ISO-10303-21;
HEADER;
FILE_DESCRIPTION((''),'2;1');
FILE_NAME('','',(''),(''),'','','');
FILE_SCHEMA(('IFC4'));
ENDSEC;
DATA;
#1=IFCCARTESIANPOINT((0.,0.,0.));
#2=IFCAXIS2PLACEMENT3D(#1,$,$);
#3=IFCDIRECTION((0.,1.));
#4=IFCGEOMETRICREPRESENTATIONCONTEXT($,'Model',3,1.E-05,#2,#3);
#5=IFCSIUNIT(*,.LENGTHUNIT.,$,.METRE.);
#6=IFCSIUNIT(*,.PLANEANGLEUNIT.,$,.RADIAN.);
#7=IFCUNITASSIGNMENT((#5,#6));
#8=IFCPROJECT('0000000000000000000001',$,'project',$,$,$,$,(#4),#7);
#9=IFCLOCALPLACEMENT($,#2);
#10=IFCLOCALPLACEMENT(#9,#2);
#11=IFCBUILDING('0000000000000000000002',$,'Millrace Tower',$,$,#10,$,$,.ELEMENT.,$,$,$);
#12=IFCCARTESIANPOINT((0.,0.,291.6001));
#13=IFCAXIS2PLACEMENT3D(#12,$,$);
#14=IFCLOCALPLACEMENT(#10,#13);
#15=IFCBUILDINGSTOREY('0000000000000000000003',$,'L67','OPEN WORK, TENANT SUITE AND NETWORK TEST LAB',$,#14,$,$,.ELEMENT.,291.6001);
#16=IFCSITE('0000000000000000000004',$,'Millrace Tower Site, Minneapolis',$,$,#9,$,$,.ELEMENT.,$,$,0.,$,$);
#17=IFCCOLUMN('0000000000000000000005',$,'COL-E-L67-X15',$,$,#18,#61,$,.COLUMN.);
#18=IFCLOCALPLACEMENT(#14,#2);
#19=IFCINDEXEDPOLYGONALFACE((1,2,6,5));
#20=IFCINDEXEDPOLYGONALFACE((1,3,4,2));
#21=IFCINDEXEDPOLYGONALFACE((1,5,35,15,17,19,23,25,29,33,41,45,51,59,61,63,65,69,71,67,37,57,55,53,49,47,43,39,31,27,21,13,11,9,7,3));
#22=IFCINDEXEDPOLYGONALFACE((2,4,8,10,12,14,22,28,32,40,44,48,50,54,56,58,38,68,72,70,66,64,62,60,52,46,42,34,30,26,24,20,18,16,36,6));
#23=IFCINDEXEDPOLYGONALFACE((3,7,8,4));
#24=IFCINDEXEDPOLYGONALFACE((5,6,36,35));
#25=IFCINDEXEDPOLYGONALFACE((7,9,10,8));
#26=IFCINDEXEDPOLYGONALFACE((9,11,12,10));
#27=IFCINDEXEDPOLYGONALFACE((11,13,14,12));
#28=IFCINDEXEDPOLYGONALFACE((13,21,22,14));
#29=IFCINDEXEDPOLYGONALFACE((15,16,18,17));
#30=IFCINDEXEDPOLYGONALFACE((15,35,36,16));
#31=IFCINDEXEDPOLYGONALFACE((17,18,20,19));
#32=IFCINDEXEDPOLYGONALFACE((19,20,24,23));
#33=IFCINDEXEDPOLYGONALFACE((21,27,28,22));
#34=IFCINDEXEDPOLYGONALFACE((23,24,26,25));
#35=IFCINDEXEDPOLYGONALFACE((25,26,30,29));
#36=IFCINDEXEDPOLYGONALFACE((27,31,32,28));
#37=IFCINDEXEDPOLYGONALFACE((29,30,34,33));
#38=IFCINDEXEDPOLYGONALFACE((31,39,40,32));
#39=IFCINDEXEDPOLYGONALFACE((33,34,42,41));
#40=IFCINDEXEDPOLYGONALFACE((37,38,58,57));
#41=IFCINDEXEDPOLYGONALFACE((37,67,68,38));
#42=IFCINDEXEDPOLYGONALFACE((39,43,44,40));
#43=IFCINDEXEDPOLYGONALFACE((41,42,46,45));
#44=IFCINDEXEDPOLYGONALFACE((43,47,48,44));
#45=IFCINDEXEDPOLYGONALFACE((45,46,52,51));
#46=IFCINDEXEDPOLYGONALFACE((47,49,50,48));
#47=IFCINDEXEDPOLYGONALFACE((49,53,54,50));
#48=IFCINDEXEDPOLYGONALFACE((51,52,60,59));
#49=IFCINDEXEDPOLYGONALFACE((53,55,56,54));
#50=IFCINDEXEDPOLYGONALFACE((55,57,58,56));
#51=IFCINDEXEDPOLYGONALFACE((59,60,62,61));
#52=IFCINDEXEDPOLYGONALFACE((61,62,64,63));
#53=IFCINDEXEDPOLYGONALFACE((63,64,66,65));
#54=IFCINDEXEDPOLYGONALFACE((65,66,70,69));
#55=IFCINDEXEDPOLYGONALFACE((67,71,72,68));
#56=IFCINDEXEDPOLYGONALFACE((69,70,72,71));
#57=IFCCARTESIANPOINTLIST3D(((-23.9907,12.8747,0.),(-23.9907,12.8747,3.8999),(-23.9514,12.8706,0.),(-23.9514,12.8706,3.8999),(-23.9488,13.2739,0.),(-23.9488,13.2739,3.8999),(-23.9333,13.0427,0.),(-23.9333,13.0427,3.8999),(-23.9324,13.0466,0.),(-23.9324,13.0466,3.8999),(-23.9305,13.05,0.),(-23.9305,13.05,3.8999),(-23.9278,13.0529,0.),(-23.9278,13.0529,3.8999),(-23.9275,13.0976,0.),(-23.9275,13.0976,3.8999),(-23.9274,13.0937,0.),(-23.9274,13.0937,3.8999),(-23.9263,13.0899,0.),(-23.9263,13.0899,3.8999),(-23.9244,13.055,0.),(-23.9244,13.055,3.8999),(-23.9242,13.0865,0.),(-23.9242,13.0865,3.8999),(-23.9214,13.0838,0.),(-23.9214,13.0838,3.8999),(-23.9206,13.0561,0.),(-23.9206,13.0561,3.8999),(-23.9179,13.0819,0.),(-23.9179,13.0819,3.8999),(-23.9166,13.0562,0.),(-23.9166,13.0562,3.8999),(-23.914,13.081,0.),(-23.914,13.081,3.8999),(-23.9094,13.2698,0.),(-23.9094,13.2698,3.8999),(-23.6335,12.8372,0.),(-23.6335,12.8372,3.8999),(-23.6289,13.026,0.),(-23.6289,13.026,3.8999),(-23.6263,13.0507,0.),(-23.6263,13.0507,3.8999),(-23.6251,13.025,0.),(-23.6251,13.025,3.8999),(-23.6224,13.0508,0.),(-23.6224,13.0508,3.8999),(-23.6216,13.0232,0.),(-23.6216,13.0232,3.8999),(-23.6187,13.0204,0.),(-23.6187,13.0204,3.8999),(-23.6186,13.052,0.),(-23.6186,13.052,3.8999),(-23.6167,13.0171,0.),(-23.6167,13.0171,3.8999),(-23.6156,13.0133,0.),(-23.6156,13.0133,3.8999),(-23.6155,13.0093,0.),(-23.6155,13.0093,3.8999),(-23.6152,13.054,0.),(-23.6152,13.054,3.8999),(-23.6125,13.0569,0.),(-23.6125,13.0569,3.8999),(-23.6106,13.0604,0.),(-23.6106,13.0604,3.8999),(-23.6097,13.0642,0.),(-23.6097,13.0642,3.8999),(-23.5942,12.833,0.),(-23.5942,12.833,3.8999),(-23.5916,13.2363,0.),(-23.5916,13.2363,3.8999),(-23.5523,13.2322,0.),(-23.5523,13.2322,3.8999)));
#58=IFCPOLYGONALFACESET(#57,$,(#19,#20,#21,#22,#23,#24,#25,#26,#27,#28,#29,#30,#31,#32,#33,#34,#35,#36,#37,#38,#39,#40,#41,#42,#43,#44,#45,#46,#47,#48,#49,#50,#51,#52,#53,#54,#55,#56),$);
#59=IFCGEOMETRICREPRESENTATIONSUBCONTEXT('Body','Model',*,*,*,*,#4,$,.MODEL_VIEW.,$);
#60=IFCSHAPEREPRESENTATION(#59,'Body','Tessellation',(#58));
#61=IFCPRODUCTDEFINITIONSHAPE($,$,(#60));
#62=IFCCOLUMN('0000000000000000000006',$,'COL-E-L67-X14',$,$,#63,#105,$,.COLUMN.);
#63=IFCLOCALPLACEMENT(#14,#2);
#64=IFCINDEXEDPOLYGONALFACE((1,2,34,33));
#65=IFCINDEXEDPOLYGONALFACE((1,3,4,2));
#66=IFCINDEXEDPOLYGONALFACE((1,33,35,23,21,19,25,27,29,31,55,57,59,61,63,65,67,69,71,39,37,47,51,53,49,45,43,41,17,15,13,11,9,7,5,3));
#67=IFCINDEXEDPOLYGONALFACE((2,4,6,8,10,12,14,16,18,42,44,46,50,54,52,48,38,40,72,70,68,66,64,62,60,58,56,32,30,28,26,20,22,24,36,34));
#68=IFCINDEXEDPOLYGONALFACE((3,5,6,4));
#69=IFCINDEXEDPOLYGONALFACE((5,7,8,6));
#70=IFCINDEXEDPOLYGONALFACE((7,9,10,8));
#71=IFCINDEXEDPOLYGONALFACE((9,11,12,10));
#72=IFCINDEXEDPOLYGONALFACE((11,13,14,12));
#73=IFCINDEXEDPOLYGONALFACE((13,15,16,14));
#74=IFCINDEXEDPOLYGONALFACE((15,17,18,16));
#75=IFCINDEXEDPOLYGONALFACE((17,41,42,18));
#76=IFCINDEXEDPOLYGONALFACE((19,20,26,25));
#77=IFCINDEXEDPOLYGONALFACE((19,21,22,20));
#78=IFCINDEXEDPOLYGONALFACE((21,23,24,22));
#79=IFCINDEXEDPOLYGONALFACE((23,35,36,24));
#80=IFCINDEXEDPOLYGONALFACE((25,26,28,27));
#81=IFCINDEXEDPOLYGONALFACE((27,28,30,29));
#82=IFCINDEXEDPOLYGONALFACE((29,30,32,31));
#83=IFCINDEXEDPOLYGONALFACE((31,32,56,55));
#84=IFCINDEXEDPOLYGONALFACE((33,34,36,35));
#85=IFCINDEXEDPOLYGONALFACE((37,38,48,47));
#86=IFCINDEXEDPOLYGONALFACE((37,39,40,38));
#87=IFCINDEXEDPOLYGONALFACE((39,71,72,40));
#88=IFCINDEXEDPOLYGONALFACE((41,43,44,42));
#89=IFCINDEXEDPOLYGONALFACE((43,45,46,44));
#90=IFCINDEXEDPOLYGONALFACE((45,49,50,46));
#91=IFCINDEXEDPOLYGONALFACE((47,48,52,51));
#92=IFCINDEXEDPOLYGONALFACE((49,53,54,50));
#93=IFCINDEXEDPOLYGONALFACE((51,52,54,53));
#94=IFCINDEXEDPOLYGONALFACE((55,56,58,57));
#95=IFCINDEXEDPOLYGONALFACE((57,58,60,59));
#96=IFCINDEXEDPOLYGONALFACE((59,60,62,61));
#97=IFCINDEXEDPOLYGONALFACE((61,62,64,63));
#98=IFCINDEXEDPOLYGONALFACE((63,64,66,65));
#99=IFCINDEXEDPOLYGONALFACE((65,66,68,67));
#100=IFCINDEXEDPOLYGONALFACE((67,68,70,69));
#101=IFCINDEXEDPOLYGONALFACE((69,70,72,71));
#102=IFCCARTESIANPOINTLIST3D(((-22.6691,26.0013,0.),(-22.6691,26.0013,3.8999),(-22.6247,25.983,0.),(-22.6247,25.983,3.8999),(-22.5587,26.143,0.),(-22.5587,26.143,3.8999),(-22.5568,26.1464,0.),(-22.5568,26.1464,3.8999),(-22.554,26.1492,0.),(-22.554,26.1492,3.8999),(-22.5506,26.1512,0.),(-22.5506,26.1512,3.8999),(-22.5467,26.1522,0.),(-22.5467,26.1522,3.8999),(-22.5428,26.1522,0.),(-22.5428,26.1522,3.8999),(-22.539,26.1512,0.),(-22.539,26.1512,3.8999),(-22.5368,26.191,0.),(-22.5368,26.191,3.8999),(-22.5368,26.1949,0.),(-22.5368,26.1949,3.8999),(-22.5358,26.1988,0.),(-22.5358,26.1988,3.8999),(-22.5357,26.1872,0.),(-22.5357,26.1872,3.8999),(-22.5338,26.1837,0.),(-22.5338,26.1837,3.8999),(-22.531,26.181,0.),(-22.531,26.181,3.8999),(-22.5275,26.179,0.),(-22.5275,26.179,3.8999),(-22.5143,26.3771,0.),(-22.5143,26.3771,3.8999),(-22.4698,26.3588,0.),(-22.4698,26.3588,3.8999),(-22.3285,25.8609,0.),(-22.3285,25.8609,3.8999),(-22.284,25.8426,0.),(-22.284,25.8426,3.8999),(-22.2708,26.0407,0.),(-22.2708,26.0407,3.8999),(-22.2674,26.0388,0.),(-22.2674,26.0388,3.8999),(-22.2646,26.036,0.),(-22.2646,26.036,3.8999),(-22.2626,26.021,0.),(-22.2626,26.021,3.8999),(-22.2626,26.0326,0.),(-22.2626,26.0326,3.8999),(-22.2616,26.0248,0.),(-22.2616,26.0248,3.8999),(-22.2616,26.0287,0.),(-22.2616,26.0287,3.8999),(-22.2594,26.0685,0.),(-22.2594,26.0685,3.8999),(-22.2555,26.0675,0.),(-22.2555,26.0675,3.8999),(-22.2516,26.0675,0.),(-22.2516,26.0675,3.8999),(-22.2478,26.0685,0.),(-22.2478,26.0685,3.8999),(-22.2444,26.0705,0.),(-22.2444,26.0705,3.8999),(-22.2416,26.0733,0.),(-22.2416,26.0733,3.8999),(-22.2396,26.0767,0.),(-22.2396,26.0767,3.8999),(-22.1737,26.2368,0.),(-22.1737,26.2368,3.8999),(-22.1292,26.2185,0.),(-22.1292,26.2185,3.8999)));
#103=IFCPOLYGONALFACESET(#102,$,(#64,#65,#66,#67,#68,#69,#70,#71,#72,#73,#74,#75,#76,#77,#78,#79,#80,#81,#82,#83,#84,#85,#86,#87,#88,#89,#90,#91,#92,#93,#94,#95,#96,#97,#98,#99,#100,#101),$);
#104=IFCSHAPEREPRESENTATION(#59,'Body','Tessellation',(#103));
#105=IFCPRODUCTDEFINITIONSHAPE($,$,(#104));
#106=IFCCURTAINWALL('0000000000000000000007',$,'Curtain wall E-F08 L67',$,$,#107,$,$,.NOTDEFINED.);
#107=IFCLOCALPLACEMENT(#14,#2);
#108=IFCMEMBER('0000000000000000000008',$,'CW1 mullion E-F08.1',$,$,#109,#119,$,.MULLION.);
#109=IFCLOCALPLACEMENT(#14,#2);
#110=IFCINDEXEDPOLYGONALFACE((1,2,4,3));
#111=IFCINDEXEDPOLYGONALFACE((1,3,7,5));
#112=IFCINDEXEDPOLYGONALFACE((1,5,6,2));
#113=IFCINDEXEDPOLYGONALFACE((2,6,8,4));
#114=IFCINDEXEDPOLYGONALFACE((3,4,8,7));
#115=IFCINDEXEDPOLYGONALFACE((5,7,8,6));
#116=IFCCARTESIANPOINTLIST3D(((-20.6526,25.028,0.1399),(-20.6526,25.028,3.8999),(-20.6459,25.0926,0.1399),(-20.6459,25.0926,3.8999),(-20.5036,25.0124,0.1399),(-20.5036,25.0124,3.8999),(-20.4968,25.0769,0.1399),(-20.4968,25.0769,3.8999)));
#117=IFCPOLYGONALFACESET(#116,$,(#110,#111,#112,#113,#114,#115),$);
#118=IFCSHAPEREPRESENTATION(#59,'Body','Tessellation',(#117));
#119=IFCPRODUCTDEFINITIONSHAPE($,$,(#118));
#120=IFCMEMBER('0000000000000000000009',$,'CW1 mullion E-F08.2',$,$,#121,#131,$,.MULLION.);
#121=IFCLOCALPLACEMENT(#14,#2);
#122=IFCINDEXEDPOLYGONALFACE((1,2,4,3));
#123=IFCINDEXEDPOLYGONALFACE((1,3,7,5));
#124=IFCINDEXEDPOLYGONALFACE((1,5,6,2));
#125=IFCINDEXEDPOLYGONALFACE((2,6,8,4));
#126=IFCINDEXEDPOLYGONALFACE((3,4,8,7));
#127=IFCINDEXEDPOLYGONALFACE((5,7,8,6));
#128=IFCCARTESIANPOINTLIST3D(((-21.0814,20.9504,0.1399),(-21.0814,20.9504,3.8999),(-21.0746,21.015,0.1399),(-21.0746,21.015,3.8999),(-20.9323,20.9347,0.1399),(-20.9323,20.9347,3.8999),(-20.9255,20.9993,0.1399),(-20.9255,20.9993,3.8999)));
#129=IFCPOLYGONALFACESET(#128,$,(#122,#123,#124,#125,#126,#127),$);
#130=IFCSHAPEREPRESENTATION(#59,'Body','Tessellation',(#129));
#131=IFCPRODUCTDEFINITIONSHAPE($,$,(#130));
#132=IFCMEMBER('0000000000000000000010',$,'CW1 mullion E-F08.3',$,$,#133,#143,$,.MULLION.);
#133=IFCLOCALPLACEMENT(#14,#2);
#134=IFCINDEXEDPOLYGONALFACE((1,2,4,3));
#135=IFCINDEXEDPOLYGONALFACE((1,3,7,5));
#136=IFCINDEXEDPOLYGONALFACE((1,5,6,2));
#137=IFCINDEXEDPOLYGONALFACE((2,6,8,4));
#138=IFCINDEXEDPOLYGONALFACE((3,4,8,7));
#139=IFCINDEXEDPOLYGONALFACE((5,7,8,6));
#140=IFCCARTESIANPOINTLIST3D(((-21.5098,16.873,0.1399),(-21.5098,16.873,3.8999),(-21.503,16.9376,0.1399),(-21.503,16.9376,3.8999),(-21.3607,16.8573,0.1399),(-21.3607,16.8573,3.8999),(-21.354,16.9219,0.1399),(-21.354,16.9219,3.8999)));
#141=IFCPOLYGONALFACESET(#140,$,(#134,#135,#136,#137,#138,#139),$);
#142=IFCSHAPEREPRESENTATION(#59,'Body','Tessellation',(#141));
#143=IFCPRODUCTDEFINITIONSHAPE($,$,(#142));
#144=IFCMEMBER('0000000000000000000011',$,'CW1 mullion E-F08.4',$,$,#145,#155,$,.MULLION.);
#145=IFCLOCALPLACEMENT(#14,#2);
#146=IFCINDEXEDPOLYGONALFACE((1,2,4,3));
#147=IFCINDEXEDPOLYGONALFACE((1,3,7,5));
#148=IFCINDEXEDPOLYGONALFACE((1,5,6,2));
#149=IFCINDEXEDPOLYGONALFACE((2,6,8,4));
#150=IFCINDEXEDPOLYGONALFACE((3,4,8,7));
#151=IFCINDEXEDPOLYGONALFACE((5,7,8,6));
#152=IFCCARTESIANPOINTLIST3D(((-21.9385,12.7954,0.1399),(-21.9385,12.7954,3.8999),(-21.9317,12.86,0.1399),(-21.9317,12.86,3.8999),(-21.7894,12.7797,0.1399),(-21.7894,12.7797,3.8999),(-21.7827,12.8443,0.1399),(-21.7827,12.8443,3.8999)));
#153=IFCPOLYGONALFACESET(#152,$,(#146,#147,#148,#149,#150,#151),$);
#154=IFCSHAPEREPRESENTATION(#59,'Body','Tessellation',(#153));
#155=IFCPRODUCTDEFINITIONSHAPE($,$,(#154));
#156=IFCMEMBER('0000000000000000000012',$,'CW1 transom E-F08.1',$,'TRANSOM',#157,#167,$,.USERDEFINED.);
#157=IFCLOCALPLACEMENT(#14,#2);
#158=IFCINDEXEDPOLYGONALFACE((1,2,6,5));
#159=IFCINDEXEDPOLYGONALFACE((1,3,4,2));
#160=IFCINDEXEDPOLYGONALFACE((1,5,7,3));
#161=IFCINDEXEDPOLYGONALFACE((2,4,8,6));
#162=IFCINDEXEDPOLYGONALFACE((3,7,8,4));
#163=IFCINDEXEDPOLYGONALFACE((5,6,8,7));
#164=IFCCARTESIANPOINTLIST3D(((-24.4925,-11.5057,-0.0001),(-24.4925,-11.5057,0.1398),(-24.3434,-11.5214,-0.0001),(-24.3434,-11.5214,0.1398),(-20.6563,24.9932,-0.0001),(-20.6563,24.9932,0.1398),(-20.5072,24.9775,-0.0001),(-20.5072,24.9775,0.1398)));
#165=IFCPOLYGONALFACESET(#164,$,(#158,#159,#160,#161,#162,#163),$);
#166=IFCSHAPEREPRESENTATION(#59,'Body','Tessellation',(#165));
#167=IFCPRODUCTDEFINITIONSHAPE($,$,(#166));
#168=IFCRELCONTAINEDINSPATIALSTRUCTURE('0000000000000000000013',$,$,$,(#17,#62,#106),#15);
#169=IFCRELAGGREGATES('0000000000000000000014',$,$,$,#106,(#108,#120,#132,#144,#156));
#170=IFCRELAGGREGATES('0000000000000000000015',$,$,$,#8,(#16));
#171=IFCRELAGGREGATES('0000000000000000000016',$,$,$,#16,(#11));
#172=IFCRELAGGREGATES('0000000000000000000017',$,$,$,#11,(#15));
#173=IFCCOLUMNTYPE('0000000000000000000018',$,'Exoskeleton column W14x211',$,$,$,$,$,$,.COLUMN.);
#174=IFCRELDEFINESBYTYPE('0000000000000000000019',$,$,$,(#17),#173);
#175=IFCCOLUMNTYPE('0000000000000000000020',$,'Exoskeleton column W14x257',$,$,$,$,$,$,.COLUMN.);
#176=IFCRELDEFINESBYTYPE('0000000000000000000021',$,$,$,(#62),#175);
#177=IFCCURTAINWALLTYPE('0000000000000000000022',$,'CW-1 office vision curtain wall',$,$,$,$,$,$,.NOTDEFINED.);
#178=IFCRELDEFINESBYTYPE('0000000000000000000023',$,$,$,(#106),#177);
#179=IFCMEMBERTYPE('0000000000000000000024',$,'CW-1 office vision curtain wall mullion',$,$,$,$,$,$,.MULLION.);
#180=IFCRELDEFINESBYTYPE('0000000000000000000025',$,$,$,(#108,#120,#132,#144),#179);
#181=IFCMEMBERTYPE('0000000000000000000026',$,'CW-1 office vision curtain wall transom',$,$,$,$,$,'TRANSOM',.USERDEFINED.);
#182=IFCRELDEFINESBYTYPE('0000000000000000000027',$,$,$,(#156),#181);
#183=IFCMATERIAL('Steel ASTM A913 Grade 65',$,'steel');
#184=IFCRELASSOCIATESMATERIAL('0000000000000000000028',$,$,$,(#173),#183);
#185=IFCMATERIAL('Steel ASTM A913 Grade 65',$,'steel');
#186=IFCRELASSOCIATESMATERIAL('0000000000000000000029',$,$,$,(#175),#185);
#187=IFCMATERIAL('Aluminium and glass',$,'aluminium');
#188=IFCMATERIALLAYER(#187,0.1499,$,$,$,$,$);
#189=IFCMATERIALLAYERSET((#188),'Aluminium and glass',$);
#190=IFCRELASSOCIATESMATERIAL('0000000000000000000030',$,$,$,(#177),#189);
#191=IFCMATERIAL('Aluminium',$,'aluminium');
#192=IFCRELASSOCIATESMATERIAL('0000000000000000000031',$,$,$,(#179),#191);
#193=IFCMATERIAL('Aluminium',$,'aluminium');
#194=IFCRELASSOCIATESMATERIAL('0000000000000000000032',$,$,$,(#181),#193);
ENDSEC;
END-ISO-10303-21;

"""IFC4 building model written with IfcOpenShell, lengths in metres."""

from ifc_helpers import new_model, si_unit, direction, frame, origin, origin_2d, place, context, subcontext, project, spatial, rectangle, i_section, extrude, material, layer, layer_set, material_profile, profile_set, type_object, element, aggregate, save


model = new_model("IFC4")

# Units and contexts
model_context = context("Model", 3, precision=1e-05, world=origin(), true_north=direction((0.0, 1.0)))
body_context = subcontext(model_context, "Body", "Model", "MODEL_VIEW")
ifc_project = project(units=[si_unit("LENGTHUNIT", "METRE"), si_unit("PLANEANGLEUNIT", "RADIAN")], contexts=[model_context])

# Site, building, storey
site_placement = place(None, origin())
site = spatial("IfcSite", under=ifc_project, at=site_placement, Name="Millrace Tower Site, Minneapolis", CompositionType="ELEMENT", RefElevation=0.0)
building_placement = place(site_placement, origin())
building = spatial("IfcBuilding", under=site, at=building_placement, Name="Millrace Tower", CompositionType="ELEMENT")
storey_placement = place(building_placement, frame((0.0, 0.0, 291.6001)))
storey = spatial("IfcBuildingStorey", under=building, at=storey_placement, Name="L67", Description="OPEN WORK, TENANT SUITE AND NETWORK TEST LAB", CompositionType="ELEMENT", Elevation=291.6001)

# Columns
ifc_material_1 = material(Name="Steel ASTM A913 Grade 65", Category="steel")
ifc_material_profile_1 = material_profile(ifc_material_1, i_section(OverallWidth=0.4014, OverallDepth=0.3987, WebThickness=0.0249, FlangeThickness=0.0396, FilletRadius=0.0151, at=origin_2d()))
ifc_profile_set_1 = profile_set([ifc_material_profile_1], Name="Steel ASTM A913 Grade 65")
column_type_1 = type_object("IfcColumnType", Name="Exoskeleton column W14x211", PredefinedType="COLUMN", material=ifc_profile_set_1)
column_1_placement = place(storey_placement, frame((-23.7715, 13.0535, 0.0), z_axis=(0.0, 0.0, 1.0), x_axis=(-0.104528, -0.994522, 0.0)))
element("IfcColumn", 1, at=column_1_placement, inside=storey, type_object=column_type_1, Name="COL-E-L67-X15", PredefinedType="COLUMN", context=body_context, shape_type="SweptSolid", body=[
    extrude(i_section(OverallWidth=0.4014, OverallDepth=0.3987, WebThickness=0.0249, FlangeThickness=0.0396, FilletRadius=0.0151, at=origin_2d()), origin(), (0.0, 0.0, 1.0), 3.8999),
])
ifc_material_2 = material(Name="Steel ASTM A913 Grade 65", Category="steel")
ifc_material_profile_2 = material_profile(ifc_material_2, i_section(OverallWidth=0.4065, OverallDepth=0.4165, WebThickness=0.03, FlangeThickness=0.0481, FilletRadius=0.0151, at=origin_2d()))
ifc_profile_set_2 = profile_set([ifc_material_profile_2], Name="Steel ASTM A913 Grade 65")
column_type_2 = type_object("IfcColumnType", Name="Exoskeleton column W14x257", PredefinedType="COLUMN", material=ifc_profile_set_2)
column_2_placement = place(storey_placement, frame((-22.3992, 26.1099, 0.0), z_axis=(0.0, 0.0, 1.0), x_axis=(-0.380947, -0.924597, 0.0)))
element("IfcColumn", 2, at=column_2_placement, inside=storey, type_object=column_type_2, Name="COL-E-L67-X14", PredefinedType="COLUMN", context=body_context, shape_type="SweptSolid", body=[
    extrude(i_section(OverallWidth=0.4065, OverallDepth=0.4165, WebThickness=0.03, FlangeThickness=0.0481, FilletRadius=0.0151, at=origin_2d()), origin(), (0.0, 0.0, 1.0), 3.8999),
])

# Curtain wall, members
ifc_material_3 = material(Name="Aluminium and glass", Category="aluminium")
ifc_layer_1 = layer(ifc_material_3, 0.1499)
ifc_layer_set_1 = layer_set([ifc_layer_1], Name="Aluminium and glass")
curtain_wall_type = type_object("IfcCurtainWallType", Name="CW-1 office vision curtain wall", PredefinedType="NOTDEFINED", material=ifc_layer_set_1)
curtain_wall_placement = place(storey_placement, origin())
curtain_wall = element("IfcCurtainWall", 3, at=curtain_wall_placement, inside=storey, type_object=curtain_wall_type, Name="Curtain wall E-F08 L67", PredefinedType="NOTDEFINED")
ifc_material_4 = material(Name="Aluminium", Category="aluminium")
ifc_material_profile_3 = material_profile(ifc_material_4, rectangle(XDim=0.0649, YDim=0.1499, at=origin_2d()))
ifc_profile_set_3 = profile_set([ifc_material_profile_3], Name="Aluminium")
member_type_1 = type_object("IfcMemberType", Name="CW-1 office vision curtain wall mullion", PredefinedType="MULLION", material=ifc_profile_set_3)
member_1_placement = place(storey_placement, frame((-20.5747, 25.0525, 0.1399), z_axis=(0.0, 0.0, 1.0), x_axis=(-0.104528, -0.994522, 0.0)))
member_1 = element("IfcMember", 4, at=member_1_placement, type_object=member_type_1, Name="CW1 mullion E-F08.1", PredefinedType="MULLION", context=body_context, shape_type="SweptSolid", body=[
    extrude(rectangle(XDim=0.0649, YDim=0.1499, at=origin_2d()), origin(), (0.0, 0.0, 1.0), 3.76),
])
member_2_placement = place(storey_placement, frame((-21.0034, 20.9749, 0.1399), z_axis=(0.0, 0.0, 1.0), x_axis=(-0.104528, -0.994522, 0.0)))
member_2 = element("IfcMember", 5, at=member_2_placement, type_object=member_type_1, Name="CW1 mullion E-F08.2", PredefinedType="MULLION", context=body_context, shape_type="SweptSolid", body=[
    extrude(rectangle(XDim=0.0649, YDim=0.1499, at=origin_2d()), origin(), (0.0, 0.0, 1.0), 3.76),
])
member_3_placement = place(storey_placement, frame((-21.4319, 16.8975, 0.1399), z_axis=(0.0, 0.0, 1.0), x_axis=(-0.104528, -0.994522, 0.0)))
member_3 = element("IfcMember", 6, at=member_3_placement, type_object=member_type_1, Name="CW1 mullion E-F08.3", PredefinedType="MULLION", context=body_context, shape_type="SweptSolid", body=[
    extrude(rectangle(XDim=0.0649, YDim=0.1499, at=origin_2d()), origin(), (0.0, 0.0, 1.0), 3.76),
])
member_4_placement = place(storey_placement, frame((-21.8606, 12.8198, 0.1399), z_axis=(0.0, 0.0, 1.0), x_axis=(-0.104528, -0.994522, 0.0)))
member_4 = element("IfcMember", 7, at=member_4_placement, type_object=member_type_1, Name="CW1 mullion E-F08.4", PredefinedType="MULLION", context=body_context, shape_type="SweptSolid", body=[
    extrude(rectangle(XDim=0.0649, YDim=0.1499, at=origin_2d()), origin(), (0.0, 0.0, 1.0), 3.76),
])
ifc_material_5 = material(Name="Aluminium", Category="aluminium")
ifc_material_profile_4 = material_profile(ifc_material_5, rectangle(XDim=0.1499, YDim=0.1399, at=origin_2d()))
ifc_profile_set_4 = profile_set([ifc_material_profile_4], Name="Aluminium")
member_type_2 = type_object("IfcMemberType", Name="CW-1 office vision curtain wall transom", ElementType="TRANSOM", PredefinedType="USERDEFINED", material=ifc_profile_set_4)
member_5_placement = place(storey_placement, frame((-20.5818, 24.9854, 0.0698), z_axis=(-0.104528, -0.994522, 0.0), x_axis=(0.994522, -0.104528, 0.0)))
member_5 = element("IfcMember", 8, at=member_5_placement, type_object=member_type_2, Name="CW1 transom E-F08.1", ObjectType="TRANSOM", PredefinedType="USERDEFINED", context=body_context, shape_type="SweptSolid", body=[
    extrude(rectangle(XDim=0.1499, YDim=0.1399, at=origin_2d()), origin(), (0.0, 0.0, 1.0), 36.7),
])
aggregate(curtain_wall, [member_1, member_2, member_3, member_4, member_5])

save(model, "model.ifc")
